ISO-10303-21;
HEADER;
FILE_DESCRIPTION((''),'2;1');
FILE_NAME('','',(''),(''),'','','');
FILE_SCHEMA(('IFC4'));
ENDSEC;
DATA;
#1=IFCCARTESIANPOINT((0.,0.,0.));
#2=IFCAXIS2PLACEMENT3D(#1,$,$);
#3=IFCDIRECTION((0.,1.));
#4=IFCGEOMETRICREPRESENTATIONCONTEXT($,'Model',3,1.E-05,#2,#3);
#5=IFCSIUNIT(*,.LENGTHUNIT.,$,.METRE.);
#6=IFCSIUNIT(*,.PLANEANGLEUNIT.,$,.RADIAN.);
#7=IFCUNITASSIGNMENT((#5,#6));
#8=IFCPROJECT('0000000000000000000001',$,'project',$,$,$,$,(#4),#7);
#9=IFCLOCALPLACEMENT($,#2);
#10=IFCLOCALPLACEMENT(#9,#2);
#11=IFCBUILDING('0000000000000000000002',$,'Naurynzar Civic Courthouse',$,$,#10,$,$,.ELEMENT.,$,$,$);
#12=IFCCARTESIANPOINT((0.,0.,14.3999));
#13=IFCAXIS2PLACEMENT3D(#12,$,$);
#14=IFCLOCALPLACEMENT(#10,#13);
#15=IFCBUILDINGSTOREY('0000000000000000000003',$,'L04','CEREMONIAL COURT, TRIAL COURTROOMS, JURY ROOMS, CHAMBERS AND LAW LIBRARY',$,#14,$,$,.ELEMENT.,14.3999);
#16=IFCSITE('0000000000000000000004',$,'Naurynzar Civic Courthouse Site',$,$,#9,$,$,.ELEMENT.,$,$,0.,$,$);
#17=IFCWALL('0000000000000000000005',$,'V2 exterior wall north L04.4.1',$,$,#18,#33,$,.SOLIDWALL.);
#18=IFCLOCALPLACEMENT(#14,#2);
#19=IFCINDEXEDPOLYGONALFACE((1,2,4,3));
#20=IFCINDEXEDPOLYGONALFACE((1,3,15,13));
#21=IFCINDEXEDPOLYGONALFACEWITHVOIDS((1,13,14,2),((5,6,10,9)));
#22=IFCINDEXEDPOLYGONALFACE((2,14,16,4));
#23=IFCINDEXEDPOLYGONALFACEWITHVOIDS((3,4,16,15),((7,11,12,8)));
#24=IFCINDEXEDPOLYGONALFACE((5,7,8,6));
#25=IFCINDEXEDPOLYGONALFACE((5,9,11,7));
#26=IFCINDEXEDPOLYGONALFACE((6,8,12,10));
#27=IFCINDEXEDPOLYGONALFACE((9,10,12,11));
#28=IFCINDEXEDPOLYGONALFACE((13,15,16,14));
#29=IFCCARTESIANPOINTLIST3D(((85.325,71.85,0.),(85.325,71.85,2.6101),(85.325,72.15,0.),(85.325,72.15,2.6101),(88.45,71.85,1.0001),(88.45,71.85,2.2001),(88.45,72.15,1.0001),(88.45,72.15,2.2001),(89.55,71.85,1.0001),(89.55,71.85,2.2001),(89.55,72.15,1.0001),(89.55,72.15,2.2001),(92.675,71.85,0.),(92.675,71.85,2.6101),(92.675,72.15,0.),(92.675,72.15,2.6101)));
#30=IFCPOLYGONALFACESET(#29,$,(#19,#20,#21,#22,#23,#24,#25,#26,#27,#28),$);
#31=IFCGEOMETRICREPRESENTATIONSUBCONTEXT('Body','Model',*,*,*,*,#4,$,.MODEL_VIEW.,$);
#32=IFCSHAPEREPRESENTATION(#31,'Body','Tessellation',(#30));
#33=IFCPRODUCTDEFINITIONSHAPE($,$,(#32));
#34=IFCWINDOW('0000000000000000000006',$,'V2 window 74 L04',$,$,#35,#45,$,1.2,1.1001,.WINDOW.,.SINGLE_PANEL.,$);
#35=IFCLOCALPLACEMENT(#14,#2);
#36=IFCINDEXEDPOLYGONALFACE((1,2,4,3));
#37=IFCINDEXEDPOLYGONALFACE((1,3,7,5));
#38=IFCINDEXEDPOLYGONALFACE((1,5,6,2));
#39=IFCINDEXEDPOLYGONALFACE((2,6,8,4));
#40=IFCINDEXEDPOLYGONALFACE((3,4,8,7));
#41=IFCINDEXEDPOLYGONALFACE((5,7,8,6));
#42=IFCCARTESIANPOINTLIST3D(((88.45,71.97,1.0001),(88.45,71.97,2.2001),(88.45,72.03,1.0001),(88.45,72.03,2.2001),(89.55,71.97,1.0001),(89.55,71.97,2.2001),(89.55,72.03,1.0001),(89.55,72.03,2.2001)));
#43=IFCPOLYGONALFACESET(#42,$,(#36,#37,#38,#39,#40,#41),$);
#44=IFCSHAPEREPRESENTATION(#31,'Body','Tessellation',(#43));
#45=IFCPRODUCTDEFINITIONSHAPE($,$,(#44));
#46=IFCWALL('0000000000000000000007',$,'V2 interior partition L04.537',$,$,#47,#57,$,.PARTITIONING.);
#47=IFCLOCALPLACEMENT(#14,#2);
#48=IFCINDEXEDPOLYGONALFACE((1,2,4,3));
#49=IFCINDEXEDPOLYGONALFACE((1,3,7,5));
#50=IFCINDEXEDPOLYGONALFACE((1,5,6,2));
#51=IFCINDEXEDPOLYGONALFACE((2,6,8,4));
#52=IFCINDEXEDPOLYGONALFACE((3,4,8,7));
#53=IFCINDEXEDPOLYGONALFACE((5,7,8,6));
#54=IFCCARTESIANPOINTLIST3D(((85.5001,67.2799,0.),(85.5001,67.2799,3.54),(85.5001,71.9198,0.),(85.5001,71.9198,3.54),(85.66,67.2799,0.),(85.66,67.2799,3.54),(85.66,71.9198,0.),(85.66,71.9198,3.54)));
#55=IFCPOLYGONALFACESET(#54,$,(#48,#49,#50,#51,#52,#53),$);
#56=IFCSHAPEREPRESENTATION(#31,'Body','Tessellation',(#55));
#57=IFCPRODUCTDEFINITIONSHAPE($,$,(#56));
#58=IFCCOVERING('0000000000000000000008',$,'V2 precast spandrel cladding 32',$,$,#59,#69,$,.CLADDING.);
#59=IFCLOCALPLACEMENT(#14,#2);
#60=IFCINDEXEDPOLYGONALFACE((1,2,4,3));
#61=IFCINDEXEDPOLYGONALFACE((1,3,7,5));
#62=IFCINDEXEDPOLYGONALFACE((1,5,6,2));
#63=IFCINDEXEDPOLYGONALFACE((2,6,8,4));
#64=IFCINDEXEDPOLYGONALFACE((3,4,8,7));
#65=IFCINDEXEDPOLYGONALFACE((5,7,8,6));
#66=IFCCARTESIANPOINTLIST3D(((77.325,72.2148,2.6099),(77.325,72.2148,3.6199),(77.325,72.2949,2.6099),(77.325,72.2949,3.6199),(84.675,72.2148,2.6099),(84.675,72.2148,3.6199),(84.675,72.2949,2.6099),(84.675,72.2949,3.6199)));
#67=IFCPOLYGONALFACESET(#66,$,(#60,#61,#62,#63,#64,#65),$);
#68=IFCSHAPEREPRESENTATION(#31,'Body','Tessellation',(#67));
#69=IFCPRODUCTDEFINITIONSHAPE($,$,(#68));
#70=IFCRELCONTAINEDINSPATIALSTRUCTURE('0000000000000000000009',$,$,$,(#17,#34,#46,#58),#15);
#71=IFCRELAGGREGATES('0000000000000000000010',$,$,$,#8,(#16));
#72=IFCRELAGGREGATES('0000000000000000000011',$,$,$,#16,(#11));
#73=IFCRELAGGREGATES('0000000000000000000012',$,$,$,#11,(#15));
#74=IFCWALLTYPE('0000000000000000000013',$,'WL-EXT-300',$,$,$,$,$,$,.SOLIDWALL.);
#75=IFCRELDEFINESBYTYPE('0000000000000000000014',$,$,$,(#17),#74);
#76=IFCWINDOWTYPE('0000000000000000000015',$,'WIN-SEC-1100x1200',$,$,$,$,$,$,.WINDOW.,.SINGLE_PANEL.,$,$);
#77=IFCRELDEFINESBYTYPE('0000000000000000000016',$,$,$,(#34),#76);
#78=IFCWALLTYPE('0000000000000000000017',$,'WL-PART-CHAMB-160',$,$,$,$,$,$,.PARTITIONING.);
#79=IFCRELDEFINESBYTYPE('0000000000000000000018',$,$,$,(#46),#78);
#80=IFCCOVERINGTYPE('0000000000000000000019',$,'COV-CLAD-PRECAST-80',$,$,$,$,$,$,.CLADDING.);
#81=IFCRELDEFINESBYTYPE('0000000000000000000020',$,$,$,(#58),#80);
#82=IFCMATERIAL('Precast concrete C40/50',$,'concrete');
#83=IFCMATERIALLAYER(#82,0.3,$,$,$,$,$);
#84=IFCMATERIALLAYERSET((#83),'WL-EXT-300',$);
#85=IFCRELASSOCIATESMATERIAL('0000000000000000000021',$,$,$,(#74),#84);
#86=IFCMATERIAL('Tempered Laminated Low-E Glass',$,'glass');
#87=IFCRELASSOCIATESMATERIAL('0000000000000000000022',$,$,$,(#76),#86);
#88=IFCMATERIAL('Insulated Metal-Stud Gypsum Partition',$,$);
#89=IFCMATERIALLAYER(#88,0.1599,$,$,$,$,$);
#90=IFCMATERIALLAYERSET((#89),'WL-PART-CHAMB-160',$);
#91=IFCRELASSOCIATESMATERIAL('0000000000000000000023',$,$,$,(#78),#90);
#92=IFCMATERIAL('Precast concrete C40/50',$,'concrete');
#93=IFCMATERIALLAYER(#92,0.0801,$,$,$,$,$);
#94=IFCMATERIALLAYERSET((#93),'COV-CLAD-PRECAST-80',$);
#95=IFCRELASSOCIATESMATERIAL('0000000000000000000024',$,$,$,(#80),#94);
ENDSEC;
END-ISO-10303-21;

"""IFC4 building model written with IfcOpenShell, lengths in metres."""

from ifc_helpers import new_model, si_unit, direction, frame, frame_2d, origin, origin_2d, place, context, subcontext, project, spatial, rectangle, extrude, material, layer, layer_set, type_object, element, fill, save


model = new_model("IFC4")

# Units and contexts
model_context = context("Model", 3, precision=1e-05, world=origin(), true_north=direction((0.0, 1.0)))
body_context = subcontext(model_context, "Body", "Model", "MODEL_VIEW")
ifc_project = project(units=[si_unit("LENGTHUNIT", "METRE"), si_unit("PLANEANGLEUNIT", "RADIAN")], contexts=[model_context])

# Site, building, storey
site_placement = place(None, origin())
site = spatial("IfcSite", under=ifc_project, at=site_placement, Name="Naurynzar Civic Courthouse Site", CompositionType="ELEMENT", RefElevation=0.0)
building_placement = place(site_placement, origin())
building = spatial("IfcBuilding", under=site, at=building_placement, Name="Naurynzar Civic Courthouse", CompositionType="ELEMENT")
storey_placement = place(building_placement, frame((0.0, 0.0, 14.3999)))
storey = spatial("IfcBuildingStorey", under=building, at=storey_placement, Name="L04", Description="CEREMONIAL COURT, TRIAL COURTROOMS, JURY ROOMS, CHAMBERS AND LAW LIBRARY", CompositionType="ELEMENT", Elevation=14.3999)

# Wall, opening, window
ifc_material_1 = material(Name="Precast concrete C40/50", Category="concrete")
ifc_layer_1 = layer(ifc_material_1, 0.3)
ifc_layer_set_1 = layer_set([ifc_layer_1], Name="WL-EXT-300")
wall_type_1 = type_object("IfcWallType", Name="WL-EXT-300", PredefinedType="SOLIDWALL", material=ifc_layer_set_1)
wall_1_placement = place(storey_placement, frame((85.325, 72.0, 0.0), z_axis=(0.0, 0.0, 1.0), x_axis=(1.0, 0.0, 0.0)))
wall_1 = element("IfcWall", 1, at=wall_1_placement, inside=storey, type_object=wall_type_1, Name="V2 exterior wall north L04.4.1", PredefinedType="SOLIDWALL", context=body_context, shape_type="SweptSolid", body=[
    extrude(rectangle(XDim=7.3501, YDim=0.3, at=frame_2d((3.675, 0.0))), origin(), (0.0, 0.0, 1.0), 2.6101),
])
opening_1_placement = place(wall_1_placement, frame((3.125, 0.0, 1.0)))
opening_1 = element("IfcOpeningElement", 2, at=opening_1_placement, cuts=wall_1, PredefinedType="OPENING", context=body_context, shape_type="SweptSolid", body=[
    extrude(rectangle(XDim=1.1001, YDim=1.2, at=frame_2d((0.55, 0.6001))), frame((0.0, 0.1599, 0.0), z_axis=(0.0, -1.0, 0.0), x_axis=(1.0, 0.0, 0.0)), (0.0, 0.0, 1.0), 0.3201),
])
ifc_material_2 = material(Name="Tempered Laminated Low-E Glass", Category="glass")
window_type = type_object("IfcWindowType", Name="WIN-SEC-1100x1200", PartitioningType="SINGLE_PANEL", PredefinedType="WINDOW", material=ifc_material_2)
window_placement = place(opening_1_placement, origin())
window = element("IfcWindow", 3, at=window_placement, inside=storey, type_object=window_type, Name="V2 window 74 L04", OverallHeight=1.2, OverallWidth=1.1001, PartitioningType="SINGLE_PANEL", PredefinedType="WINDOW", context=body_context, shape_type="SweptSolid", body=[
    extrude(rectangle(XDim=1.1001, YDim=1.2, at=frame_2d((0.55, 0.6001))), frame((0.0, 0.03, 0.0), z_axis=(0.0, -1.0, 0.0), x_axis=(1.0, 0.0, 0.0)), (0.0, 0.0, 1.0), 0.0601),
])
fill(opening_1, window)

# Shared definitions
ifc_material_3 = material(Name="Insulated Metal-Stud Gypsum Partition")
ifc_layer_2 = layer(ifc_material_3, 0.1599)
ifc_layer_set_2 = layer_set([ifc_layer_2], Name="WL-PART-CHAMB-160")
wall_type_2 = type_object("IfcWallType", Name="WL-PART-CHAMB-160", PredefinedType="PARTITIONING", material=ifc_layer_set_2)

# Wall
wall_2_placement = place(storey_placement, frame((85.5801, 67.28, 0.0), z_axis=(0.0, 0.0, 1.0), x_axis=(0.0, 1.0, 0.0)))
element("IfcWall", 4, at=wall_2_placement, inside=storey, type_object=wall_type_2, Name="V2 interior partition L04.537", PredefinedType="PARTITIONING", context=body_context, shape_type="SweptSolid", body=[
    extrude(rectangle(XDim=4.6399, YDim=0.1599, at=frame_2d((2.3198, 0.0))), origin(), (0.0, 0.0, 1.0), 3.54),
])

# Covering
ifc_material_4 = material(Name="Precast concrete C40/50", Category="concrete")
ifc_layer_3 = layer(ifc_material_4, 0.0801)
ifc_layer_set_3 = layer_set([ifc_layer_3], Name="COV-CLAD-PRECAST-80")
covering_type = type_object("IfcCoveringType", Name="COV-CLAD-PRECAST-80", PredefinedType="CLADDING", material=ifc_layer_set_3)
covering_placement = place(storey_placement, frame((81.0, 72.2549, 2.6099), z_axis=(0.0, 0.0, 1.0), x_axis=(1.0, 0.0, 0.0)))
element("IfcCovering", 5, at=covering_placement, inside=storey, type_object=covering_type, Name="V2 precast spandrel cladding 32", PredefinedType="CLADDING", context=body_context, shape_type="SweptSolid", body=[
    extrude(rectangle(XDim=7.3501, YDim=0.0801, at=origin_2d()), origin(), (0.0, 0.0, 1.0), 1.01),
])

save(model, "model.ifc")
